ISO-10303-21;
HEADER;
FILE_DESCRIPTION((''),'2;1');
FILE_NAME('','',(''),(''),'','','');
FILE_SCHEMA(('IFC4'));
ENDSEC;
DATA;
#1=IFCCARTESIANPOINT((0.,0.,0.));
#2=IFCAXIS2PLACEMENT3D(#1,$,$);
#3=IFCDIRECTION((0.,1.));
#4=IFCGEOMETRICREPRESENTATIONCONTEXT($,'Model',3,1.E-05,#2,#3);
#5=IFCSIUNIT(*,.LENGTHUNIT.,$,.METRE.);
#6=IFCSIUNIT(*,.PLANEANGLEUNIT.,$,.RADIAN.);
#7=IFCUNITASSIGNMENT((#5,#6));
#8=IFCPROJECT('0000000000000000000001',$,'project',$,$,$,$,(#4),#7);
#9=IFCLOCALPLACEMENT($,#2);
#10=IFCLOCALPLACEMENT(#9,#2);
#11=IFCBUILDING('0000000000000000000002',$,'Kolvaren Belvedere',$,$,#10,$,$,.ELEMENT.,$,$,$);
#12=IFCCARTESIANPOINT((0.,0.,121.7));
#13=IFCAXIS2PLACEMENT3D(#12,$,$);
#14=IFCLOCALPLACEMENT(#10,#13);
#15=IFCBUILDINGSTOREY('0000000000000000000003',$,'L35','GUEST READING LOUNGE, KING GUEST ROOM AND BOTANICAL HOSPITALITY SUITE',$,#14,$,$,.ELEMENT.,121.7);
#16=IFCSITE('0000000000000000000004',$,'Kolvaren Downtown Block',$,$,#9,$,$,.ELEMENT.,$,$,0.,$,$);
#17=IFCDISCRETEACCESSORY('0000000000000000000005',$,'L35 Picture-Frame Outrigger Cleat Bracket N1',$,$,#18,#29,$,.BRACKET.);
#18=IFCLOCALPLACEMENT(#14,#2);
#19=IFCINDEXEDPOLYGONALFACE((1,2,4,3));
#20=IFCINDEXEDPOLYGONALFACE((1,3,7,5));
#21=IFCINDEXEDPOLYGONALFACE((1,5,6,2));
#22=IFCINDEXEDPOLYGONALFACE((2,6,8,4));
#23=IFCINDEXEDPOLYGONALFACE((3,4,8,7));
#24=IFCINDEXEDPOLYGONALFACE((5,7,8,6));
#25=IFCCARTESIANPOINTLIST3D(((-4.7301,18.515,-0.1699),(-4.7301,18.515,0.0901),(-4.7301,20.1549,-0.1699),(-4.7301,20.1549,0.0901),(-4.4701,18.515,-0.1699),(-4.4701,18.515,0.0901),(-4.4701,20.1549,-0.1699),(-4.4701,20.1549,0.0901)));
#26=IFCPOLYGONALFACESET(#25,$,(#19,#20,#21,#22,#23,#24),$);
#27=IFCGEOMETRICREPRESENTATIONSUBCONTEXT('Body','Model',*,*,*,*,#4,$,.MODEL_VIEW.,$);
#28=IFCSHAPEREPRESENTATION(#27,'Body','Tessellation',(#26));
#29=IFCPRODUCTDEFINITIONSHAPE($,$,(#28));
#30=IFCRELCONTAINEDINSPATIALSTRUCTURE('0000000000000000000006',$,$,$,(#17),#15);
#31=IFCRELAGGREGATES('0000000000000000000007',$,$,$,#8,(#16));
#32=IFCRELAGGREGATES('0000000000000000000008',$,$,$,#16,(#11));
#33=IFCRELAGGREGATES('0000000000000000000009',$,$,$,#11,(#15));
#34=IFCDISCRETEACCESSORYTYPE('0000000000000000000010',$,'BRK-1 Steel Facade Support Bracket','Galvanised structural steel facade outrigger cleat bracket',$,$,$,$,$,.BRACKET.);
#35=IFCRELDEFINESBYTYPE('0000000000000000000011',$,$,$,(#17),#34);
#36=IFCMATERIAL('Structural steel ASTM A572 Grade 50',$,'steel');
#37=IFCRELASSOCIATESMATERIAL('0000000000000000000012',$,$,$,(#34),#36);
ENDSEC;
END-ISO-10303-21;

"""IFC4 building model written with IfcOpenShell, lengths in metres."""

from ifc_helpers import new_model, si_unit, direction, frame, origin, origin_2d, place, context, subcontext, project, spatial, rectangle, extrude, material, type_object, element, save


model = new_model("IFC4")

# Units and contexts
model_context = context("Model", 3, precision=1e-05, world=origin(), true_north=direction((0.0, 1.0)))
body_context = subcontext(model_context, "Body", "Model", "MODEL_VIEW")
ifc_project = project(units=[si_unit("LENGTHUNIT", "METRE"), si_unit("PLANEANGLEUNIT", "RADIAN")], contexts=[model_context])

# Site, building, storey
site_placement = place(None, origin())
site = spatial("IfcSite", under=ifc_project, at=site_placement, Name="Kolvaren Downtown Block", CompositionType="ELEMENT", RefElevation=0.0)
building_placement = place(site_placement, origin())
building = spatial("IfcBuilding", under=site, at=building_placement, Name="Kolvaren Belvedere", CompositionType="ELEMENT")
storey_placement = place(building_placement, frame((0.0, 0.0, 121.7)))
storey = spatial("IfcBuildingStorey", under=building, at=storey_placement, Name="L35", Description="GUEST READING LOUNGE, KING GUEST ROOM AND BOTANICAL HOSPITALITY SUITE", CompositionType="ELEMENT", Elevation=121.7)

# Discrete accessory
ifc_material_1 = material(Name="Structural steel ASTM A572 Grade 50", Category="steel")
discrete_accessory_type = type_object("IfcDiscreteAccessoryType", Name="BRK-1 Steel Facade Support Bracket", Description="Galvanised structural steel facade outrigger cleat bracket", PredefinedType="BRACKET", material=ifc_material_1)
discrete_accessory_placement = place(storey_placement, frame((-4.6001, 19.335, -0.1699), z_axis=(0.0, 0.0, 1.0), x_axis=(0.0, 1.0, 0.0)))
element("IfcDiscreteAccessory", 1, at=discrete_accessory_placement, inside=storey, type_object=discrete_accessory_type, Name="L35 Picture-Frame Outrigger Cleat Bracket N1", PredefinedType="BRACKET", context=body_context, shape_type="SweptSolid", body=[
    extrude(rectangle(XDim=1.6399, YDim=0.26, at=origin_2d()), origin(), (0.0, 0.0, 1.0), 0.26),
])

save(model, "model.ifc")
